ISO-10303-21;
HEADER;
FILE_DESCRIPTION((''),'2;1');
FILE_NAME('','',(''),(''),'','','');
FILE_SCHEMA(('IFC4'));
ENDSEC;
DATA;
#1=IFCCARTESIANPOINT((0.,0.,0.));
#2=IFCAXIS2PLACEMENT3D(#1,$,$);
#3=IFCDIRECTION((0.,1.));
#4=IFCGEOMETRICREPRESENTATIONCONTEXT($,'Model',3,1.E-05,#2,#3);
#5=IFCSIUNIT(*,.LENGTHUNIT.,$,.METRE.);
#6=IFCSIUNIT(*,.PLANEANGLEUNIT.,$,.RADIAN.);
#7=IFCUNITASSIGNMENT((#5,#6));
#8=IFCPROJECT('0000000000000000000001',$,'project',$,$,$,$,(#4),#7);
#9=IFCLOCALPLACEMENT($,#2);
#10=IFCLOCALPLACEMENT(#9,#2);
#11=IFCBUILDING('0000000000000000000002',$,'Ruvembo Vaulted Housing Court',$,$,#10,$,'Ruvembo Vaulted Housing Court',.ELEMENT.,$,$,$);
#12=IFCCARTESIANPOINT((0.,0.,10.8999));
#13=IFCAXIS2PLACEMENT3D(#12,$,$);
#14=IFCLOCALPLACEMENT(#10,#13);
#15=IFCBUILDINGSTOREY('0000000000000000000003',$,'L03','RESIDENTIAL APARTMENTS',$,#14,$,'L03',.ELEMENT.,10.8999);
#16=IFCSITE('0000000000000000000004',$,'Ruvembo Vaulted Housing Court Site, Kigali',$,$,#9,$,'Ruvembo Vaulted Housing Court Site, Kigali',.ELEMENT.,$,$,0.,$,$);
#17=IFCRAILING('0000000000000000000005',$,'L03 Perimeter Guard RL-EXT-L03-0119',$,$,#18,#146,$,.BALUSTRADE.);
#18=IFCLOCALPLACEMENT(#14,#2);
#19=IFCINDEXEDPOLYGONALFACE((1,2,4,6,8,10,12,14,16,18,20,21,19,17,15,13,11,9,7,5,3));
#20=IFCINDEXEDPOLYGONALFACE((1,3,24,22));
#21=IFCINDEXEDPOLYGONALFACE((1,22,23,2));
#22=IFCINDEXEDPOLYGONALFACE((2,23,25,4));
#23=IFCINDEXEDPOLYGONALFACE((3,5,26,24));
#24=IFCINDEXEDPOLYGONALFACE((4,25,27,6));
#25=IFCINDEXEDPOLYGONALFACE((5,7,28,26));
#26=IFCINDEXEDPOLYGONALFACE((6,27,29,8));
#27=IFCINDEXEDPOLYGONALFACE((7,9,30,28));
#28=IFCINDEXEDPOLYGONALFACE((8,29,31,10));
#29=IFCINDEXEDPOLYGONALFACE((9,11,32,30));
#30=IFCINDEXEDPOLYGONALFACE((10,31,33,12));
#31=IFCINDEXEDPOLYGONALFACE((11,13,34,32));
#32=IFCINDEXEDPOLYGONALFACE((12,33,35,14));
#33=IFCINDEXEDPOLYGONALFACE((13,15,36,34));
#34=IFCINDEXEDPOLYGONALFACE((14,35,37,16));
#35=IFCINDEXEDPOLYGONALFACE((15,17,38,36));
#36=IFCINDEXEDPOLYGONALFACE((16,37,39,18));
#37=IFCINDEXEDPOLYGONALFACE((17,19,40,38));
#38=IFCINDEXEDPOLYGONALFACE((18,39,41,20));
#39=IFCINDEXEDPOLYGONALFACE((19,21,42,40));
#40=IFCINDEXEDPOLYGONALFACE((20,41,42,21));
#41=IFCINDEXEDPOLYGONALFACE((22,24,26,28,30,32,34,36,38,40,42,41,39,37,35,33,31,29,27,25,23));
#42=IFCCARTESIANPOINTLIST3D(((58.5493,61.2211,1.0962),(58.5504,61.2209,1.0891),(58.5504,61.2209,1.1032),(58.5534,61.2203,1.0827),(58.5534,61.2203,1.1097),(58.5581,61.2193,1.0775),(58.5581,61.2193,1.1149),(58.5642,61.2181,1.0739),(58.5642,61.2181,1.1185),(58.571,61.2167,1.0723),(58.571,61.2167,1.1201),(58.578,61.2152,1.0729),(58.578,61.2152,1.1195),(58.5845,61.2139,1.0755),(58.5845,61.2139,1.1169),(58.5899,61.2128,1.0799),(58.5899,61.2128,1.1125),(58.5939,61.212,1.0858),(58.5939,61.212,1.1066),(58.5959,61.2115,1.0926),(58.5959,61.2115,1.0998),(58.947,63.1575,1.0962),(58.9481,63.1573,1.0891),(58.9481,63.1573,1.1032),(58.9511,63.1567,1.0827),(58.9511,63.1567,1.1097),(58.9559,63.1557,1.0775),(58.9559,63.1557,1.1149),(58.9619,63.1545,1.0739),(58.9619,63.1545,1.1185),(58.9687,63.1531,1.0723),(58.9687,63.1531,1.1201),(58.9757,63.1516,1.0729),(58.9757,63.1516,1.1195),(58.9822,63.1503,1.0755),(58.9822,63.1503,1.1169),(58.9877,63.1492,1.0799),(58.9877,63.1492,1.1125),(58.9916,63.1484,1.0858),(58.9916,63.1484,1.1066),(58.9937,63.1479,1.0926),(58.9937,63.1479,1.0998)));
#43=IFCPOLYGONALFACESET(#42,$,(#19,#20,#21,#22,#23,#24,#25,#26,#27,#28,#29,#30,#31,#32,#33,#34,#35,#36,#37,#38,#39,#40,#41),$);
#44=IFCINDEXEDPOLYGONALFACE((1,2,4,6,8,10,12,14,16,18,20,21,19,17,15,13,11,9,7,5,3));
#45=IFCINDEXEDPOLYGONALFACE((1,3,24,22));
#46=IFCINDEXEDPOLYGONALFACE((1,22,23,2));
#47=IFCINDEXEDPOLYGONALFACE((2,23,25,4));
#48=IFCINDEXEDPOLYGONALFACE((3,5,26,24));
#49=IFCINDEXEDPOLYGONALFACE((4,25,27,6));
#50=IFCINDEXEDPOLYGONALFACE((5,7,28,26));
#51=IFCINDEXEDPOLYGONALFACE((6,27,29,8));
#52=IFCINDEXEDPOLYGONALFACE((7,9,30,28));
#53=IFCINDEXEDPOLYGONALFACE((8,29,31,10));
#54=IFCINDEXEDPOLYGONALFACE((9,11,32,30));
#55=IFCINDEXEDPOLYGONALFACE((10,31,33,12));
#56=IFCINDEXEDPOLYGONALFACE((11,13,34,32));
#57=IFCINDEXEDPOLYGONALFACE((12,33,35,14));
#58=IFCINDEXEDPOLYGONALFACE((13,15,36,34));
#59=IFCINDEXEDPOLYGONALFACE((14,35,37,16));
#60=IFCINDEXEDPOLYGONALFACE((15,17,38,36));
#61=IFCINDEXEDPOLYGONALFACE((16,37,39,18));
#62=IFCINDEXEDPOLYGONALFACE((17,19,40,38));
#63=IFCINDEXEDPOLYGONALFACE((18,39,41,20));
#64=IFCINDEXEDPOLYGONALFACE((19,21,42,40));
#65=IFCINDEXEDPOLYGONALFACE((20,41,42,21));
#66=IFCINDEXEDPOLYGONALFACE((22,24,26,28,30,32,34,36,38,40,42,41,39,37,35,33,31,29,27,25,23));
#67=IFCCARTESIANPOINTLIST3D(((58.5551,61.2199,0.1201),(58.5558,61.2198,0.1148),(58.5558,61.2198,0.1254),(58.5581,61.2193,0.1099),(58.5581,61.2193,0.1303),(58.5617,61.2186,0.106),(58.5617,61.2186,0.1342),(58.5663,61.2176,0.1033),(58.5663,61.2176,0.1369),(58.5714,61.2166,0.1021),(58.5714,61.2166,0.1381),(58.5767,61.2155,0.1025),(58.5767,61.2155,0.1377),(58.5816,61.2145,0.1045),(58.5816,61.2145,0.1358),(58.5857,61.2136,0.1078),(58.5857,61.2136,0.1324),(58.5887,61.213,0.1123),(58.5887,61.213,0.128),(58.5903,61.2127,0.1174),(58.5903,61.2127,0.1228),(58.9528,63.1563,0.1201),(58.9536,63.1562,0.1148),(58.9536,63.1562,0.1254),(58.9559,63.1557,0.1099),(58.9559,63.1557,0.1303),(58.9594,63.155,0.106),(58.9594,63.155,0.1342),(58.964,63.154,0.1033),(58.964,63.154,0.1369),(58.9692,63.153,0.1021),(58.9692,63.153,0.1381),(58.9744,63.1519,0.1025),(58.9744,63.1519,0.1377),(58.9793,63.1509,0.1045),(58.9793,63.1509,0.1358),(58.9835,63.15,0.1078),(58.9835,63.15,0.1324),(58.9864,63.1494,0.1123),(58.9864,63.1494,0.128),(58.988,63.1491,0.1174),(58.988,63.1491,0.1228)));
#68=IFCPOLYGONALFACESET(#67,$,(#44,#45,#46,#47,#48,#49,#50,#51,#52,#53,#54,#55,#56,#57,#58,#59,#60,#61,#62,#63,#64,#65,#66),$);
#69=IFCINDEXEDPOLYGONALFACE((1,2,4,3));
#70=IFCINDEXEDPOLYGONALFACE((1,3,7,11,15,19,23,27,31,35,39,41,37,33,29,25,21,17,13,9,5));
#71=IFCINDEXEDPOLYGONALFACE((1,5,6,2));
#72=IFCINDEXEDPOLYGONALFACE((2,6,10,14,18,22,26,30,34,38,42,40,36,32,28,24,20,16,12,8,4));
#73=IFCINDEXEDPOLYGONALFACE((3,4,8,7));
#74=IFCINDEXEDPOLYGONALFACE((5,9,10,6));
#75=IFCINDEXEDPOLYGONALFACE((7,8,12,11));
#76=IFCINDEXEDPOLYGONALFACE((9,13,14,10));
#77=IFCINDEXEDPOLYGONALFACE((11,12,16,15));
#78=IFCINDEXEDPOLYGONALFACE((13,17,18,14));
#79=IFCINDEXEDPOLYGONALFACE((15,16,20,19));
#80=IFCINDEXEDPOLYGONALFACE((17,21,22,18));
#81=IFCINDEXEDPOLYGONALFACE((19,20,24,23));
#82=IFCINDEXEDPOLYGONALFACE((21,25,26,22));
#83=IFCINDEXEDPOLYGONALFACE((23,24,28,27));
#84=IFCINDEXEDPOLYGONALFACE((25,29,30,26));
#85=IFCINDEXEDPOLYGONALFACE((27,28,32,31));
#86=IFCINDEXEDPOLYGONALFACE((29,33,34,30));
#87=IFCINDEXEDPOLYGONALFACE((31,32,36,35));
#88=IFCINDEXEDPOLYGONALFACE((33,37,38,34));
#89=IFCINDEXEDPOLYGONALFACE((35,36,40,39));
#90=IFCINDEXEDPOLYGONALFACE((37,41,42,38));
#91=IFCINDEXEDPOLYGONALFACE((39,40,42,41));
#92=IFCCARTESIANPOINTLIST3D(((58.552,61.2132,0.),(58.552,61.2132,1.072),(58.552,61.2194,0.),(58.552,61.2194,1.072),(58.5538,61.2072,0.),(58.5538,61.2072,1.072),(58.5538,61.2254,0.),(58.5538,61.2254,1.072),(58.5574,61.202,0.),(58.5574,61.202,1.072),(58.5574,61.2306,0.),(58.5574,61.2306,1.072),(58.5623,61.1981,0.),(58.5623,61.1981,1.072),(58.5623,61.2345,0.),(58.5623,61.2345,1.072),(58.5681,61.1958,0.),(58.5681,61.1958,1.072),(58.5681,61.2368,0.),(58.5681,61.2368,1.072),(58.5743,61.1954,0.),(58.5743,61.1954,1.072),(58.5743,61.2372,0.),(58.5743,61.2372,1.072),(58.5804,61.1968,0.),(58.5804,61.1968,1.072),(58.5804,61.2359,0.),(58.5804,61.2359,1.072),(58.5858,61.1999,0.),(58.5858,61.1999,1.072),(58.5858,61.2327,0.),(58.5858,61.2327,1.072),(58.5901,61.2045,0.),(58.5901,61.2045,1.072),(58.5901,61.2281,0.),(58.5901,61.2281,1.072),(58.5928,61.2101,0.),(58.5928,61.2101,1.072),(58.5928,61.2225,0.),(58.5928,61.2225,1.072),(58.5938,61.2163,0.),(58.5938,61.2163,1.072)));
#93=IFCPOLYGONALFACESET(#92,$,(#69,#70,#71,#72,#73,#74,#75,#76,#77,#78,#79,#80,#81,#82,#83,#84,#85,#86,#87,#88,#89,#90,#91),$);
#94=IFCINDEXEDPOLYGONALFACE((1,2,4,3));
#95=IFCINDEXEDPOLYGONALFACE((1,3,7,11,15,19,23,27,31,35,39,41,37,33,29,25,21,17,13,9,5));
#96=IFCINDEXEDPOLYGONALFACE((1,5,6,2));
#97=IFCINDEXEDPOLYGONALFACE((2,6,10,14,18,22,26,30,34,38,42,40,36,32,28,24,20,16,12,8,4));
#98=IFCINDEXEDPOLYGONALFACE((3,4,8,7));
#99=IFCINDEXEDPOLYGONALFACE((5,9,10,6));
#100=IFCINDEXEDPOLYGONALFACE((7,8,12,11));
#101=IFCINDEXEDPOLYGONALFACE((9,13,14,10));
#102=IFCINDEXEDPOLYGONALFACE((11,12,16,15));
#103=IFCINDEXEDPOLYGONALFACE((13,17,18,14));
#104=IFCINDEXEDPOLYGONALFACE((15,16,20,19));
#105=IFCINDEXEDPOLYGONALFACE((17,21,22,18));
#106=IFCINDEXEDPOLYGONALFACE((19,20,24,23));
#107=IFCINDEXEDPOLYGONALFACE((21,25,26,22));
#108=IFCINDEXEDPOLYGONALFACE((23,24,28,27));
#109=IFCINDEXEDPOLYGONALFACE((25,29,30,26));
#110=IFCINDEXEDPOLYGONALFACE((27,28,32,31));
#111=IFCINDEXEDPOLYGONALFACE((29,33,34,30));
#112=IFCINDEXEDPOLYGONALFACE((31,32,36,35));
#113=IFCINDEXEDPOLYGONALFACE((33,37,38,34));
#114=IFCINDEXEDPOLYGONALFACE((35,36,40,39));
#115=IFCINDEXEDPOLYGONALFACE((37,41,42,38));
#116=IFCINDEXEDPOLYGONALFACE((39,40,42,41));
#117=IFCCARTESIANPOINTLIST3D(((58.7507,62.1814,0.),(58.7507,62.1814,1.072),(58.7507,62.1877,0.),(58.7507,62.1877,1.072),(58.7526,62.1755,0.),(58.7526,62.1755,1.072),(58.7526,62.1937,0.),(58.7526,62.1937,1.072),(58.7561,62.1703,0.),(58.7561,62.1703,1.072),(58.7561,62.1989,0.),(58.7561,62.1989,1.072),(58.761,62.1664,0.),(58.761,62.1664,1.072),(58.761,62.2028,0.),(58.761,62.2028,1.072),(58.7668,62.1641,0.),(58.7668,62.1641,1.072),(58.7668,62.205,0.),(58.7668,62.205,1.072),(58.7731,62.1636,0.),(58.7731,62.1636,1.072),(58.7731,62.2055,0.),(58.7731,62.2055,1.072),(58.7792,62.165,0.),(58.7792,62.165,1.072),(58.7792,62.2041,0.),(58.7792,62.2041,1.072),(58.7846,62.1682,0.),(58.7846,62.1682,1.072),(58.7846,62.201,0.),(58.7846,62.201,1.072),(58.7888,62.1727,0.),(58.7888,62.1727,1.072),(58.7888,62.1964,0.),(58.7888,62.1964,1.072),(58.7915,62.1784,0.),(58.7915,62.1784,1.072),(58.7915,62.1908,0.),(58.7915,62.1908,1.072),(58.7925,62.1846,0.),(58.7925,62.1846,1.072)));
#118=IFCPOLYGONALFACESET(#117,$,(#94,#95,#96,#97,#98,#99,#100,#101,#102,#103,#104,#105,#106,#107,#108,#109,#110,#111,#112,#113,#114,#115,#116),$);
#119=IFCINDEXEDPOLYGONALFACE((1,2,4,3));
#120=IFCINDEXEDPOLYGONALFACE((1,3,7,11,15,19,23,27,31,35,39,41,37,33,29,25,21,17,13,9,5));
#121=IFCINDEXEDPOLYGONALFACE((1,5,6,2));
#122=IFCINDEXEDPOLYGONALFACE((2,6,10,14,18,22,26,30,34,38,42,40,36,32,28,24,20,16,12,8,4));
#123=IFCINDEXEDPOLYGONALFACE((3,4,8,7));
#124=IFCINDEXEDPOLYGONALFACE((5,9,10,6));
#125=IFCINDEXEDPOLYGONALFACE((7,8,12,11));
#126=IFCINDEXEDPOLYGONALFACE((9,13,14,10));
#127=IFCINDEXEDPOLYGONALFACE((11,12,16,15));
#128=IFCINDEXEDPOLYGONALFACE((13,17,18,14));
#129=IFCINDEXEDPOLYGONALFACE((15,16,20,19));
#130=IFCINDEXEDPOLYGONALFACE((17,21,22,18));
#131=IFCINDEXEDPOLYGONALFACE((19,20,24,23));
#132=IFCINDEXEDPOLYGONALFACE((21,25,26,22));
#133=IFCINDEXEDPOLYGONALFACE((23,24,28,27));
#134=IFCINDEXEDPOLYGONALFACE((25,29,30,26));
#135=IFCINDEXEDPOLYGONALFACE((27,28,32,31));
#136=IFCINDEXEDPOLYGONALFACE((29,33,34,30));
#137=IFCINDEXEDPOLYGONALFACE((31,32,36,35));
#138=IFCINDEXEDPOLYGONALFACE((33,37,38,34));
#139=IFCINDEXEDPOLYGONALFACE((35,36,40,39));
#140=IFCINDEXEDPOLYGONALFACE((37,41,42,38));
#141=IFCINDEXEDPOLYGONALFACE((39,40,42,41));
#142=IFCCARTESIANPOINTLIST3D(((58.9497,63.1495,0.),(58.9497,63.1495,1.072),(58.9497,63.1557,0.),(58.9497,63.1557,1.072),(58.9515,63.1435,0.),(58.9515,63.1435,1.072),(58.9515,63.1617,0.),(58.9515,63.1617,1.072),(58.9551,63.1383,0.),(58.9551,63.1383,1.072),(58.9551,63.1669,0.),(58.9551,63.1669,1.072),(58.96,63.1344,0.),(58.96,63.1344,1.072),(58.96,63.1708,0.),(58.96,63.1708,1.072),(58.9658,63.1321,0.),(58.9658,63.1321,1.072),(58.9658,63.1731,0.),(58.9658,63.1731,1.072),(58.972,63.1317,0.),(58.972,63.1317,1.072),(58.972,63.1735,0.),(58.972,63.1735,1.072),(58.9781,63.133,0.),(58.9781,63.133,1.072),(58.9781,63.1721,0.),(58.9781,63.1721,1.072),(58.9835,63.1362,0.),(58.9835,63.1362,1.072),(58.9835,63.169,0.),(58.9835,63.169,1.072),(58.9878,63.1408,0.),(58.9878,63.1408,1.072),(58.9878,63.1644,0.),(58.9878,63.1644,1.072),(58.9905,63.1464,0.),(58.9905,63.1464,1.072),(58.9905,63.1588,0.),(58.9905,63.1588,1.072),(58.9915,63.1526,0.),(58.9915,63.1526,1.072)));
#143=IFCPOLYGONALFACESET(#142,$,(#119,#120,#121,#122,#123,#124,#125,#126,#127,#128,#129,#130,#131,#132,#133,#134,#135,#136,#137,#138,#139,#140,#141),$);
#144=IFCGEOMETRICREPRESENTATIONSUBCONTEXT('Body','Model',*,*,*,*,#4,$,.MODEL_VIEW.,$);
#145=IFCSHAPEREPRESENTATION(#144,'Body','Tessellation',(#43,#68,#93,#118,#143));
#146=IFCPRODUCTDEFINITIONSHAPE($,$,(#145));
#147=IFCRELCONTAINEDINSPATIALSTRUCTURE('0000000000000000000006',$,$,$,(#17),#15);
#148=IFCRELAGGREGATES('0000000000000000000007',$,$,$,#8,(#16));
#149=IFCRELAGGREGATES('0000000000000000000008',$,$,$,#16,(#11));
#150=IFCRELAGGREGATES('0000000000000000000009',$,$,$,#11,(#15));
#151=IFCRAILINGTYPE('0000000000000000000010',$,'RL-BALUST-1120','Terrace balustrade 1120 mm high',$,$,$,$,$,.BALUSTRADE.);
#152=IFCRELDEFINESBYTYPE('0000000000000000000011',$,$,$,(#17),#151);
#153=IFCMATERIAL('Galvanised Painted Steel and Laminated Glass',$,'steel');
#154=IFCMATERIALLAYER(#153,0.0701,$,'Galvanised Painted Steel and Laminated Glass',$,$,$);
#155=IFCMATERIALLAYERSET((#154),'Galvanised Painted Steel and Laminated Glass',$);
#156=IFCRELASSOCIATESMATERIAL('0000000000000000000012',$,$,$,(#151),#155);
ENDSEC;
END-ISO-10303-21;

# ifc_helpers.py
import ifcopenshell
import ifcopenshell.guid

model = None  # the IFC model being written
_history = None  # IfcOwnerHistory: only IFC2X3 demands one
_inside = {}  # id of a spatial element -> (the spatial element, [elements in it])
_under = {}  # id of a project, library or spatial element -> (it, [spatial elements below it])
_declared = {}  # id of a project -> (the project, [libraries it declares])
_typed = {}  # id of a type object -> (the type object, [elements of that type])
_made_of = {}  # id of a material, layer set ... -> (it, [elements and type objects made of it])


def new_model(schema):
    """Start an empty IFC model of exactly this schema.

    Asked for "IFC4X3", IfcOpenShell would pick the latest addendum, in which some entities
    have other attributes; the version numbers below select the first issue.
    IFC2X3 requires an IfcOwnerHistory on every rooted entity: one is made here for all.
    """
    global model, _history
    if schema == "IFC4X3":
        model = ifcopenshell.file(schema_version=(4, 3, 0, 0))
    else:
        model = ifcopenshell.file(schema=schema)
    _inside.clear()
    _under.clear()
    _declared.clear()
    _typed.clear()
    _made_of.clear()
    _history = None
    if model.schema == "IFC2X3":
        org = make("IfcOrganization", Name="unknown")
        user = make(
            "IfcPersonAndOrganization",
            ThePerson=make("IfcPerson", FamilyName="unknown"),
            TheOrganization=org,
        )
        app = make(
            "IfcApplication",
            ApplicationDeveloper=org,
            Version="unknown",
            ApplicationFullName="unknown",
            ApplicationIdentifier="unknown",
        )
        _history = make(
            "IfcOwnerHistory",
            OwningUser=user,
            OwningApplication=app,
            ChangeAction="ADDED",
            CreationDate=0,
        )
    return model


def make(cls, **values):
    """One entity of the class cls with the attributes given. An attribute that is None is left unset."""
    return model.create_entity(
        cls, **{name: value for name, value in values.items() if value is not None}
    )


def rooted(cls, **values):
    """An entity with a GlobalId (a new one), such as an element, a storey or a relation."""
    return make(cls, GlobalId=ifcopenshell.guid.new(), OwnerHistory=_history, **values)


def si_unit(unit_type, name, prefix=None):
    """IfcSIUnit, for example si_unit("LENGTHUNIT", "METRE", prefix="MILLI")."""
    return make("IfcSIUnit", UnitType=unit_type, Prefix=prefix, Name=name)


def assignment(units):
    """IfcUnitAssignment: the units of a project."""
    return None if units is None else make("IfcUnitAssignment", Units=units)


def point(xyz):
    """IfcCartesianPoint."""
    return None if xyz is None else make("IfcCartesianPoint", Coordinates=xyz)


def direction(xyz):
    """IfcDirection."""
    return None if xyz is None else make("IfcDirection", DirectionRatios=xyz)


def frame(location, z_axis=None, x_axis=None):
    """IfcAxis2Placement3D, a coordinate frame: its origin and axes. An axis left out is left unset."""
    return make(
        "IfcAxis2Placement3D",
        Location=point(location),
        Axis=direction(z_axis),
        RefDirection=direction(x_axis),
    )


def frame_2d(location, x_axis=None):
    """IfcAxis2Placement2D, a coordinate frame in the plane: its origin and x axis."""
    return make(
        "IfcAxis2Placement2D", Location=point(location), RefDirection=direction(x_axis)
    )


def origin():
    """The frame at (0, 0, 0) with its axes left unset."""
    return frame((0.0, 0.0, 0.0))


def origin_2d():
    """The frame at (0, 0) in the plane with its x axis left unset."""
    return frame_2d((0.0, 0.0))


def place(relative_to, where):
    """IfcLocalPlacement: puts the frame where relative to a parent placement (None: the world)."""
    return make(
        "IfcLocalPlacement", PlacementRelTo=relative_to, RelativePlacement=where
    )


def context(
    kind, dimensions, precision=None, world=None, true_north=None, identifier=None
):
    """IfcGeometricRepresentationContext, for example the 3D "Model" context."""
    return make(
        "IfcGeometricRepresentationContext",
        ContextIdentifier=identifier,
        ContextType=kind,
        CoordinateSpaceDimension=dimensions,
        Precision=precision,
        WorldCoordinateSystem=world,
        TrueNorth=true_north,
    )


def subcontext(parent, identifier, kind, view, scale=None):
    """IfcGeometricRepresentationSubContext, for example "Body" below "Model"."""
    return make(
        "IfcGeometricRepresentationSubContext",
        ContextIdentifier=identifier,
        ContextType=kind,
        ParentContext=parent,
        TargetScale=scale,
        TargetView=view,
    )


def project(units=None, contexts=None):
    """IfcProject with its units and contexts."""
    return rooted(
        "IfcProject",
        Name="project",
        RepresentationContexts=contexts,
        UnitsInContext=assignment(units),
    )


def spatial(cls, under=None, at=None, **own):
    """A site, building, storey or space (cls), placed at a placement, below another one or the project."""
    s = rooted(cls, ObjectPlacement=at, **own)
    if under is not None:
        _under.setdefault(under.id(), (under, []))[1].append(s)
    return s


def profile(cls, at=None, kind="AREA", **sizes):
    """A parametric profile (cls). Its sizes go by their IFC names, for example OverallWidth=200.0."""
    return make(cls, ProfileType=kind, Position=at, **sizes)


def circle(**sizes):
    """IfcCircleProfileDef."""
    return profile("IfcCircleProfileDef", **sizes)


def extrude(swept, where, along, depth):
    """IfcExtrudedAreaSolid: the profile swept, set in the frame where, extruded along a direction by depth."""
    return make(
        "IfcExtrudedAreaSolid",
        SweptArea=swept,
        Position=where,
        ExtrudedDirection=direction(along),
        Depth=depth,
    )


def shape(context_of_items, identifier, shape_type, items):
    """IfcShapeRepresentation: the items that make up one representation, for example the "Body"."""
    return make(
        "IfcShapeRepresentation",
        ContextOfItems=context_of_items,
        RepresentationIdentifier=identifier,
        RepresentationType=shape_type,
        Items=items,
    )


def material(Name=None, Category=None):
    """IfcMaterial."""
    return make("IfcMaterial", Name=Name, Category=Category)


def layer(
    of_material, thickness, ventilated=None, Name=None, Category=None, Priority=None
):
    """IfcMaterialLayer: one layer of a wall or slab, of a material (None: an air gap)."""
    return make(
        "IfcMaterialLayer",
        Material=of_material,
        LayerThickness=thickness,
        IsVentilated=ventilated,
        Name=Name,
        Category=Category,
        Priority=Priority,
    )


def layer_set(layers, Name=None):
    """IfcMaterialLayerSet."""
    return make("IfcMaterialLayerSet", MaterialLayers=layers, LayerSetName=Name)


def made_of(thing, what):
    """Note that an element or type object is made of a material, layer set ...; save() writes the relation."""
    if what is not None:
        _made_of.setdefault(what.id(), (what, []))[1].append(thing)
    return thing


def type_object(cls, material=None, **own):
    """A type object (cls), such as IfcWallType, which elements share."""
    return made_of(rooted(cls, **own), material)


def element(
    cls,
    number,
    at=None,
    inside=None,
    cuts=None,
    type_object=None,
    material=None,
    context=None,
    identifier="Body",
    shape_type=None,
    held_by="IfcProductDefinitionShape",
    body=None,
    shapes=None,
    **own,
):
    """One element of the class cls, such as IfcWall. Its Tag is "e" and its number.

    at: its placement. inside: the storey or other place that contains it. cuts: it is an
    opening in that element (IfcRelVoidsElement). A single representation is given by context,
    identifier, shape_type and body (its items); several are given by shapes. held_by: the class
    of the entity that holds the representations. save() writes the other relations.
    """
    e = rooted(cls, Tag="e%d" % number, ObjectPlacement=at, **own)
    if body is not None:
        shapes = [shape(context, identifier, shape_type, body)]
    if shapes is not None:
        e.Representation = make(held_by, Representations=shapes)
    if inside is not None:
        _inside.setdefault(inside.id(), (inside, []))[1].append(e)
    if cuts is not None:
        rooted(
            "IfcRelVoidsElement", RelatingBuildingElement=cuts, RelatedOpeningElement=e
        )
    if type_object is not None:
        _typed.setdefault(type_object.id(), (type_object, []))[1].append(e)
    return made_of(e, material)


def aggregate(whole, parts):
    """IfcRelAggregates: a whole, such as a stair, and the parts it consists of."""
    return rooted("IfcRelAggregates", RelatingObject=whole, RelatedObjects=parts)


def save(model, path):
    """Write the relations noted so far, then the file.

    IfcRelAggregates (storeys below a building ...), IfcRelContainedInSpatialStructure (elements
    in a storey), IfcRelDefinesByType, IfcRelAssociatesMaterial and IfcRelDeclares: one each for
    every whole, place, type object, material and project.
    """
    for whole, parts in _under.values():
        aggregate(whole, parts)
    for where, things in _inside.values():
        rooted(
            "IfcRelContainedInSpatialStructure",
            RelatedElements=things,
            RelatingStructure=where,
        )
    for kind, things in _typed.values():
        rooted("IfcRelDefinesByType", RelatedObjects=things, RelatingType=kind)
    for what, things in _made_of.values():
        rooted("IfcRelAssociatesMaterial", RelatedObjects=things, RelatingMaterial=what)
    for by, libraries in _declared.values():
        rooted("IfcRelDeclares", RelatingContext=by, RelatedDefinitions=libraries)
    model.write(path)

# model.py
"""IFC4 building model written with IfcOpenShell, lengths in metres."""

from ifc_helpers import new_model, si_unit, direction, frame, origin, origin_2d, place, context, subcontext, project, spatial, circle, extrude, material, layer, layer_set, type_object, element, save


model = new_model("IFC4")

# Units and contexts
model_context = context("Model", 3, precision=1e-05, world=origin(), true_north=direction((0.0, 1.0)))
body_context = subcontext(model_context, "Body", "Model", "MODEL_VIEW")
ifc_project = project(units=[si_unit("LENGTHUNIT", "METRE"), si_unit("PLANEANGLEUNIT", "RADIAN")], contexts=[model_context])

# Site, building, storey
site_placement = place(None, origin())
site = spatial("IfcSite", under=ifc_project, at=site_placement, Name="Ruvembo Vaulted Housing Court Site, Kigali", LongName="Ruvembo Vaulted Housing Court Site, Kigali", CompositionType="ELEMENT", RefElevation=0.0)
building_placement = place(site_placement, origin())
building = spatial("IfcBuilding", under=site, at=building_placement, Name="Ruvembo Vaulted Housing Court", LongName="Ruvembo Vaulted Housing Court", CompositionType="ELEMENT")
storey_placement = place(building_placement, frame((0.0, 0.0, 10.8999)))
storey = spatial("IfcBuildingStorey", under=building, at=storey_placement, Name="L03", Description="RESIDENTIAL APARTMENTS", LongName="L03", CompositionType="ELEMENT", Elevation=10.8999)

# Railing
ifc_material_1 = material(Name="Galvanised Painted Steel and Laminated Glass", Category="steel")
ifc_layer_1 = layer(ifc_material_1, 0.0701, Name="Galvanised Painted Steel and Laminated Glass")
ifc_layer_set_1 = layer_set([ifc_layer_1], Name="Galvanised Painted Steel and Laminated Glass")
railing_type = type_object("IfcRailingType", Name="RL-BALUST-1120", Description="Terrace balustrade 1120 mm high", PredefinedType="BALUSTRADE", material=ifc_layer_set_1)
railing_1_placement = place(storey_placement, frame((58.5728, 61.2163, 0.0)))
element("IfcRailing", 1, at=railing_1_placement, inside=storey, type_object=railing_type, Name="L03 Perimeter Guard RL-EXT-L03-0119", PredefinedType="BALUSTRADE", context=body_context, shape_type="SweptSolid", body=[
    extrude(circle(Radius=0.0239, at=origin_2d()), frame((0.0, 0.0, 1.0962), z_axis=(0.201196, 0.979551, 0.0), x_axis=(-0.979551, 0.201196, 0.0)), (0.0, 0.0, 1.0), 1.9768),
    extrude(circle(Radius=0.0181, at=origin_2d()), frame((0.0, 0.0, 0.1201), z_axis=(0.201196, 0.979551, 0.0), x_axis=(-0.979551, 0.201196, 0.0)), (0.0, 0.0, 1.0), 1.9768),
    extrude(circle(Radius=0.021, at=origin_2d()), origin(), (0.0, 0.0, 1.0), 1.072),
    extrude(circle(Radius=0.021, at=origin_2d()), frame((0.1987, 0.9683, 0.0)), (0.0, 0.0, 1.0), 1.072),
    extrude(circle(Radius=0.021, at=origin_2d()), frame((0.3977, 1.9363, 0.0)), (0.0, 0.0, 1.0), 1.072),
])

save(model, "model.ifc")
